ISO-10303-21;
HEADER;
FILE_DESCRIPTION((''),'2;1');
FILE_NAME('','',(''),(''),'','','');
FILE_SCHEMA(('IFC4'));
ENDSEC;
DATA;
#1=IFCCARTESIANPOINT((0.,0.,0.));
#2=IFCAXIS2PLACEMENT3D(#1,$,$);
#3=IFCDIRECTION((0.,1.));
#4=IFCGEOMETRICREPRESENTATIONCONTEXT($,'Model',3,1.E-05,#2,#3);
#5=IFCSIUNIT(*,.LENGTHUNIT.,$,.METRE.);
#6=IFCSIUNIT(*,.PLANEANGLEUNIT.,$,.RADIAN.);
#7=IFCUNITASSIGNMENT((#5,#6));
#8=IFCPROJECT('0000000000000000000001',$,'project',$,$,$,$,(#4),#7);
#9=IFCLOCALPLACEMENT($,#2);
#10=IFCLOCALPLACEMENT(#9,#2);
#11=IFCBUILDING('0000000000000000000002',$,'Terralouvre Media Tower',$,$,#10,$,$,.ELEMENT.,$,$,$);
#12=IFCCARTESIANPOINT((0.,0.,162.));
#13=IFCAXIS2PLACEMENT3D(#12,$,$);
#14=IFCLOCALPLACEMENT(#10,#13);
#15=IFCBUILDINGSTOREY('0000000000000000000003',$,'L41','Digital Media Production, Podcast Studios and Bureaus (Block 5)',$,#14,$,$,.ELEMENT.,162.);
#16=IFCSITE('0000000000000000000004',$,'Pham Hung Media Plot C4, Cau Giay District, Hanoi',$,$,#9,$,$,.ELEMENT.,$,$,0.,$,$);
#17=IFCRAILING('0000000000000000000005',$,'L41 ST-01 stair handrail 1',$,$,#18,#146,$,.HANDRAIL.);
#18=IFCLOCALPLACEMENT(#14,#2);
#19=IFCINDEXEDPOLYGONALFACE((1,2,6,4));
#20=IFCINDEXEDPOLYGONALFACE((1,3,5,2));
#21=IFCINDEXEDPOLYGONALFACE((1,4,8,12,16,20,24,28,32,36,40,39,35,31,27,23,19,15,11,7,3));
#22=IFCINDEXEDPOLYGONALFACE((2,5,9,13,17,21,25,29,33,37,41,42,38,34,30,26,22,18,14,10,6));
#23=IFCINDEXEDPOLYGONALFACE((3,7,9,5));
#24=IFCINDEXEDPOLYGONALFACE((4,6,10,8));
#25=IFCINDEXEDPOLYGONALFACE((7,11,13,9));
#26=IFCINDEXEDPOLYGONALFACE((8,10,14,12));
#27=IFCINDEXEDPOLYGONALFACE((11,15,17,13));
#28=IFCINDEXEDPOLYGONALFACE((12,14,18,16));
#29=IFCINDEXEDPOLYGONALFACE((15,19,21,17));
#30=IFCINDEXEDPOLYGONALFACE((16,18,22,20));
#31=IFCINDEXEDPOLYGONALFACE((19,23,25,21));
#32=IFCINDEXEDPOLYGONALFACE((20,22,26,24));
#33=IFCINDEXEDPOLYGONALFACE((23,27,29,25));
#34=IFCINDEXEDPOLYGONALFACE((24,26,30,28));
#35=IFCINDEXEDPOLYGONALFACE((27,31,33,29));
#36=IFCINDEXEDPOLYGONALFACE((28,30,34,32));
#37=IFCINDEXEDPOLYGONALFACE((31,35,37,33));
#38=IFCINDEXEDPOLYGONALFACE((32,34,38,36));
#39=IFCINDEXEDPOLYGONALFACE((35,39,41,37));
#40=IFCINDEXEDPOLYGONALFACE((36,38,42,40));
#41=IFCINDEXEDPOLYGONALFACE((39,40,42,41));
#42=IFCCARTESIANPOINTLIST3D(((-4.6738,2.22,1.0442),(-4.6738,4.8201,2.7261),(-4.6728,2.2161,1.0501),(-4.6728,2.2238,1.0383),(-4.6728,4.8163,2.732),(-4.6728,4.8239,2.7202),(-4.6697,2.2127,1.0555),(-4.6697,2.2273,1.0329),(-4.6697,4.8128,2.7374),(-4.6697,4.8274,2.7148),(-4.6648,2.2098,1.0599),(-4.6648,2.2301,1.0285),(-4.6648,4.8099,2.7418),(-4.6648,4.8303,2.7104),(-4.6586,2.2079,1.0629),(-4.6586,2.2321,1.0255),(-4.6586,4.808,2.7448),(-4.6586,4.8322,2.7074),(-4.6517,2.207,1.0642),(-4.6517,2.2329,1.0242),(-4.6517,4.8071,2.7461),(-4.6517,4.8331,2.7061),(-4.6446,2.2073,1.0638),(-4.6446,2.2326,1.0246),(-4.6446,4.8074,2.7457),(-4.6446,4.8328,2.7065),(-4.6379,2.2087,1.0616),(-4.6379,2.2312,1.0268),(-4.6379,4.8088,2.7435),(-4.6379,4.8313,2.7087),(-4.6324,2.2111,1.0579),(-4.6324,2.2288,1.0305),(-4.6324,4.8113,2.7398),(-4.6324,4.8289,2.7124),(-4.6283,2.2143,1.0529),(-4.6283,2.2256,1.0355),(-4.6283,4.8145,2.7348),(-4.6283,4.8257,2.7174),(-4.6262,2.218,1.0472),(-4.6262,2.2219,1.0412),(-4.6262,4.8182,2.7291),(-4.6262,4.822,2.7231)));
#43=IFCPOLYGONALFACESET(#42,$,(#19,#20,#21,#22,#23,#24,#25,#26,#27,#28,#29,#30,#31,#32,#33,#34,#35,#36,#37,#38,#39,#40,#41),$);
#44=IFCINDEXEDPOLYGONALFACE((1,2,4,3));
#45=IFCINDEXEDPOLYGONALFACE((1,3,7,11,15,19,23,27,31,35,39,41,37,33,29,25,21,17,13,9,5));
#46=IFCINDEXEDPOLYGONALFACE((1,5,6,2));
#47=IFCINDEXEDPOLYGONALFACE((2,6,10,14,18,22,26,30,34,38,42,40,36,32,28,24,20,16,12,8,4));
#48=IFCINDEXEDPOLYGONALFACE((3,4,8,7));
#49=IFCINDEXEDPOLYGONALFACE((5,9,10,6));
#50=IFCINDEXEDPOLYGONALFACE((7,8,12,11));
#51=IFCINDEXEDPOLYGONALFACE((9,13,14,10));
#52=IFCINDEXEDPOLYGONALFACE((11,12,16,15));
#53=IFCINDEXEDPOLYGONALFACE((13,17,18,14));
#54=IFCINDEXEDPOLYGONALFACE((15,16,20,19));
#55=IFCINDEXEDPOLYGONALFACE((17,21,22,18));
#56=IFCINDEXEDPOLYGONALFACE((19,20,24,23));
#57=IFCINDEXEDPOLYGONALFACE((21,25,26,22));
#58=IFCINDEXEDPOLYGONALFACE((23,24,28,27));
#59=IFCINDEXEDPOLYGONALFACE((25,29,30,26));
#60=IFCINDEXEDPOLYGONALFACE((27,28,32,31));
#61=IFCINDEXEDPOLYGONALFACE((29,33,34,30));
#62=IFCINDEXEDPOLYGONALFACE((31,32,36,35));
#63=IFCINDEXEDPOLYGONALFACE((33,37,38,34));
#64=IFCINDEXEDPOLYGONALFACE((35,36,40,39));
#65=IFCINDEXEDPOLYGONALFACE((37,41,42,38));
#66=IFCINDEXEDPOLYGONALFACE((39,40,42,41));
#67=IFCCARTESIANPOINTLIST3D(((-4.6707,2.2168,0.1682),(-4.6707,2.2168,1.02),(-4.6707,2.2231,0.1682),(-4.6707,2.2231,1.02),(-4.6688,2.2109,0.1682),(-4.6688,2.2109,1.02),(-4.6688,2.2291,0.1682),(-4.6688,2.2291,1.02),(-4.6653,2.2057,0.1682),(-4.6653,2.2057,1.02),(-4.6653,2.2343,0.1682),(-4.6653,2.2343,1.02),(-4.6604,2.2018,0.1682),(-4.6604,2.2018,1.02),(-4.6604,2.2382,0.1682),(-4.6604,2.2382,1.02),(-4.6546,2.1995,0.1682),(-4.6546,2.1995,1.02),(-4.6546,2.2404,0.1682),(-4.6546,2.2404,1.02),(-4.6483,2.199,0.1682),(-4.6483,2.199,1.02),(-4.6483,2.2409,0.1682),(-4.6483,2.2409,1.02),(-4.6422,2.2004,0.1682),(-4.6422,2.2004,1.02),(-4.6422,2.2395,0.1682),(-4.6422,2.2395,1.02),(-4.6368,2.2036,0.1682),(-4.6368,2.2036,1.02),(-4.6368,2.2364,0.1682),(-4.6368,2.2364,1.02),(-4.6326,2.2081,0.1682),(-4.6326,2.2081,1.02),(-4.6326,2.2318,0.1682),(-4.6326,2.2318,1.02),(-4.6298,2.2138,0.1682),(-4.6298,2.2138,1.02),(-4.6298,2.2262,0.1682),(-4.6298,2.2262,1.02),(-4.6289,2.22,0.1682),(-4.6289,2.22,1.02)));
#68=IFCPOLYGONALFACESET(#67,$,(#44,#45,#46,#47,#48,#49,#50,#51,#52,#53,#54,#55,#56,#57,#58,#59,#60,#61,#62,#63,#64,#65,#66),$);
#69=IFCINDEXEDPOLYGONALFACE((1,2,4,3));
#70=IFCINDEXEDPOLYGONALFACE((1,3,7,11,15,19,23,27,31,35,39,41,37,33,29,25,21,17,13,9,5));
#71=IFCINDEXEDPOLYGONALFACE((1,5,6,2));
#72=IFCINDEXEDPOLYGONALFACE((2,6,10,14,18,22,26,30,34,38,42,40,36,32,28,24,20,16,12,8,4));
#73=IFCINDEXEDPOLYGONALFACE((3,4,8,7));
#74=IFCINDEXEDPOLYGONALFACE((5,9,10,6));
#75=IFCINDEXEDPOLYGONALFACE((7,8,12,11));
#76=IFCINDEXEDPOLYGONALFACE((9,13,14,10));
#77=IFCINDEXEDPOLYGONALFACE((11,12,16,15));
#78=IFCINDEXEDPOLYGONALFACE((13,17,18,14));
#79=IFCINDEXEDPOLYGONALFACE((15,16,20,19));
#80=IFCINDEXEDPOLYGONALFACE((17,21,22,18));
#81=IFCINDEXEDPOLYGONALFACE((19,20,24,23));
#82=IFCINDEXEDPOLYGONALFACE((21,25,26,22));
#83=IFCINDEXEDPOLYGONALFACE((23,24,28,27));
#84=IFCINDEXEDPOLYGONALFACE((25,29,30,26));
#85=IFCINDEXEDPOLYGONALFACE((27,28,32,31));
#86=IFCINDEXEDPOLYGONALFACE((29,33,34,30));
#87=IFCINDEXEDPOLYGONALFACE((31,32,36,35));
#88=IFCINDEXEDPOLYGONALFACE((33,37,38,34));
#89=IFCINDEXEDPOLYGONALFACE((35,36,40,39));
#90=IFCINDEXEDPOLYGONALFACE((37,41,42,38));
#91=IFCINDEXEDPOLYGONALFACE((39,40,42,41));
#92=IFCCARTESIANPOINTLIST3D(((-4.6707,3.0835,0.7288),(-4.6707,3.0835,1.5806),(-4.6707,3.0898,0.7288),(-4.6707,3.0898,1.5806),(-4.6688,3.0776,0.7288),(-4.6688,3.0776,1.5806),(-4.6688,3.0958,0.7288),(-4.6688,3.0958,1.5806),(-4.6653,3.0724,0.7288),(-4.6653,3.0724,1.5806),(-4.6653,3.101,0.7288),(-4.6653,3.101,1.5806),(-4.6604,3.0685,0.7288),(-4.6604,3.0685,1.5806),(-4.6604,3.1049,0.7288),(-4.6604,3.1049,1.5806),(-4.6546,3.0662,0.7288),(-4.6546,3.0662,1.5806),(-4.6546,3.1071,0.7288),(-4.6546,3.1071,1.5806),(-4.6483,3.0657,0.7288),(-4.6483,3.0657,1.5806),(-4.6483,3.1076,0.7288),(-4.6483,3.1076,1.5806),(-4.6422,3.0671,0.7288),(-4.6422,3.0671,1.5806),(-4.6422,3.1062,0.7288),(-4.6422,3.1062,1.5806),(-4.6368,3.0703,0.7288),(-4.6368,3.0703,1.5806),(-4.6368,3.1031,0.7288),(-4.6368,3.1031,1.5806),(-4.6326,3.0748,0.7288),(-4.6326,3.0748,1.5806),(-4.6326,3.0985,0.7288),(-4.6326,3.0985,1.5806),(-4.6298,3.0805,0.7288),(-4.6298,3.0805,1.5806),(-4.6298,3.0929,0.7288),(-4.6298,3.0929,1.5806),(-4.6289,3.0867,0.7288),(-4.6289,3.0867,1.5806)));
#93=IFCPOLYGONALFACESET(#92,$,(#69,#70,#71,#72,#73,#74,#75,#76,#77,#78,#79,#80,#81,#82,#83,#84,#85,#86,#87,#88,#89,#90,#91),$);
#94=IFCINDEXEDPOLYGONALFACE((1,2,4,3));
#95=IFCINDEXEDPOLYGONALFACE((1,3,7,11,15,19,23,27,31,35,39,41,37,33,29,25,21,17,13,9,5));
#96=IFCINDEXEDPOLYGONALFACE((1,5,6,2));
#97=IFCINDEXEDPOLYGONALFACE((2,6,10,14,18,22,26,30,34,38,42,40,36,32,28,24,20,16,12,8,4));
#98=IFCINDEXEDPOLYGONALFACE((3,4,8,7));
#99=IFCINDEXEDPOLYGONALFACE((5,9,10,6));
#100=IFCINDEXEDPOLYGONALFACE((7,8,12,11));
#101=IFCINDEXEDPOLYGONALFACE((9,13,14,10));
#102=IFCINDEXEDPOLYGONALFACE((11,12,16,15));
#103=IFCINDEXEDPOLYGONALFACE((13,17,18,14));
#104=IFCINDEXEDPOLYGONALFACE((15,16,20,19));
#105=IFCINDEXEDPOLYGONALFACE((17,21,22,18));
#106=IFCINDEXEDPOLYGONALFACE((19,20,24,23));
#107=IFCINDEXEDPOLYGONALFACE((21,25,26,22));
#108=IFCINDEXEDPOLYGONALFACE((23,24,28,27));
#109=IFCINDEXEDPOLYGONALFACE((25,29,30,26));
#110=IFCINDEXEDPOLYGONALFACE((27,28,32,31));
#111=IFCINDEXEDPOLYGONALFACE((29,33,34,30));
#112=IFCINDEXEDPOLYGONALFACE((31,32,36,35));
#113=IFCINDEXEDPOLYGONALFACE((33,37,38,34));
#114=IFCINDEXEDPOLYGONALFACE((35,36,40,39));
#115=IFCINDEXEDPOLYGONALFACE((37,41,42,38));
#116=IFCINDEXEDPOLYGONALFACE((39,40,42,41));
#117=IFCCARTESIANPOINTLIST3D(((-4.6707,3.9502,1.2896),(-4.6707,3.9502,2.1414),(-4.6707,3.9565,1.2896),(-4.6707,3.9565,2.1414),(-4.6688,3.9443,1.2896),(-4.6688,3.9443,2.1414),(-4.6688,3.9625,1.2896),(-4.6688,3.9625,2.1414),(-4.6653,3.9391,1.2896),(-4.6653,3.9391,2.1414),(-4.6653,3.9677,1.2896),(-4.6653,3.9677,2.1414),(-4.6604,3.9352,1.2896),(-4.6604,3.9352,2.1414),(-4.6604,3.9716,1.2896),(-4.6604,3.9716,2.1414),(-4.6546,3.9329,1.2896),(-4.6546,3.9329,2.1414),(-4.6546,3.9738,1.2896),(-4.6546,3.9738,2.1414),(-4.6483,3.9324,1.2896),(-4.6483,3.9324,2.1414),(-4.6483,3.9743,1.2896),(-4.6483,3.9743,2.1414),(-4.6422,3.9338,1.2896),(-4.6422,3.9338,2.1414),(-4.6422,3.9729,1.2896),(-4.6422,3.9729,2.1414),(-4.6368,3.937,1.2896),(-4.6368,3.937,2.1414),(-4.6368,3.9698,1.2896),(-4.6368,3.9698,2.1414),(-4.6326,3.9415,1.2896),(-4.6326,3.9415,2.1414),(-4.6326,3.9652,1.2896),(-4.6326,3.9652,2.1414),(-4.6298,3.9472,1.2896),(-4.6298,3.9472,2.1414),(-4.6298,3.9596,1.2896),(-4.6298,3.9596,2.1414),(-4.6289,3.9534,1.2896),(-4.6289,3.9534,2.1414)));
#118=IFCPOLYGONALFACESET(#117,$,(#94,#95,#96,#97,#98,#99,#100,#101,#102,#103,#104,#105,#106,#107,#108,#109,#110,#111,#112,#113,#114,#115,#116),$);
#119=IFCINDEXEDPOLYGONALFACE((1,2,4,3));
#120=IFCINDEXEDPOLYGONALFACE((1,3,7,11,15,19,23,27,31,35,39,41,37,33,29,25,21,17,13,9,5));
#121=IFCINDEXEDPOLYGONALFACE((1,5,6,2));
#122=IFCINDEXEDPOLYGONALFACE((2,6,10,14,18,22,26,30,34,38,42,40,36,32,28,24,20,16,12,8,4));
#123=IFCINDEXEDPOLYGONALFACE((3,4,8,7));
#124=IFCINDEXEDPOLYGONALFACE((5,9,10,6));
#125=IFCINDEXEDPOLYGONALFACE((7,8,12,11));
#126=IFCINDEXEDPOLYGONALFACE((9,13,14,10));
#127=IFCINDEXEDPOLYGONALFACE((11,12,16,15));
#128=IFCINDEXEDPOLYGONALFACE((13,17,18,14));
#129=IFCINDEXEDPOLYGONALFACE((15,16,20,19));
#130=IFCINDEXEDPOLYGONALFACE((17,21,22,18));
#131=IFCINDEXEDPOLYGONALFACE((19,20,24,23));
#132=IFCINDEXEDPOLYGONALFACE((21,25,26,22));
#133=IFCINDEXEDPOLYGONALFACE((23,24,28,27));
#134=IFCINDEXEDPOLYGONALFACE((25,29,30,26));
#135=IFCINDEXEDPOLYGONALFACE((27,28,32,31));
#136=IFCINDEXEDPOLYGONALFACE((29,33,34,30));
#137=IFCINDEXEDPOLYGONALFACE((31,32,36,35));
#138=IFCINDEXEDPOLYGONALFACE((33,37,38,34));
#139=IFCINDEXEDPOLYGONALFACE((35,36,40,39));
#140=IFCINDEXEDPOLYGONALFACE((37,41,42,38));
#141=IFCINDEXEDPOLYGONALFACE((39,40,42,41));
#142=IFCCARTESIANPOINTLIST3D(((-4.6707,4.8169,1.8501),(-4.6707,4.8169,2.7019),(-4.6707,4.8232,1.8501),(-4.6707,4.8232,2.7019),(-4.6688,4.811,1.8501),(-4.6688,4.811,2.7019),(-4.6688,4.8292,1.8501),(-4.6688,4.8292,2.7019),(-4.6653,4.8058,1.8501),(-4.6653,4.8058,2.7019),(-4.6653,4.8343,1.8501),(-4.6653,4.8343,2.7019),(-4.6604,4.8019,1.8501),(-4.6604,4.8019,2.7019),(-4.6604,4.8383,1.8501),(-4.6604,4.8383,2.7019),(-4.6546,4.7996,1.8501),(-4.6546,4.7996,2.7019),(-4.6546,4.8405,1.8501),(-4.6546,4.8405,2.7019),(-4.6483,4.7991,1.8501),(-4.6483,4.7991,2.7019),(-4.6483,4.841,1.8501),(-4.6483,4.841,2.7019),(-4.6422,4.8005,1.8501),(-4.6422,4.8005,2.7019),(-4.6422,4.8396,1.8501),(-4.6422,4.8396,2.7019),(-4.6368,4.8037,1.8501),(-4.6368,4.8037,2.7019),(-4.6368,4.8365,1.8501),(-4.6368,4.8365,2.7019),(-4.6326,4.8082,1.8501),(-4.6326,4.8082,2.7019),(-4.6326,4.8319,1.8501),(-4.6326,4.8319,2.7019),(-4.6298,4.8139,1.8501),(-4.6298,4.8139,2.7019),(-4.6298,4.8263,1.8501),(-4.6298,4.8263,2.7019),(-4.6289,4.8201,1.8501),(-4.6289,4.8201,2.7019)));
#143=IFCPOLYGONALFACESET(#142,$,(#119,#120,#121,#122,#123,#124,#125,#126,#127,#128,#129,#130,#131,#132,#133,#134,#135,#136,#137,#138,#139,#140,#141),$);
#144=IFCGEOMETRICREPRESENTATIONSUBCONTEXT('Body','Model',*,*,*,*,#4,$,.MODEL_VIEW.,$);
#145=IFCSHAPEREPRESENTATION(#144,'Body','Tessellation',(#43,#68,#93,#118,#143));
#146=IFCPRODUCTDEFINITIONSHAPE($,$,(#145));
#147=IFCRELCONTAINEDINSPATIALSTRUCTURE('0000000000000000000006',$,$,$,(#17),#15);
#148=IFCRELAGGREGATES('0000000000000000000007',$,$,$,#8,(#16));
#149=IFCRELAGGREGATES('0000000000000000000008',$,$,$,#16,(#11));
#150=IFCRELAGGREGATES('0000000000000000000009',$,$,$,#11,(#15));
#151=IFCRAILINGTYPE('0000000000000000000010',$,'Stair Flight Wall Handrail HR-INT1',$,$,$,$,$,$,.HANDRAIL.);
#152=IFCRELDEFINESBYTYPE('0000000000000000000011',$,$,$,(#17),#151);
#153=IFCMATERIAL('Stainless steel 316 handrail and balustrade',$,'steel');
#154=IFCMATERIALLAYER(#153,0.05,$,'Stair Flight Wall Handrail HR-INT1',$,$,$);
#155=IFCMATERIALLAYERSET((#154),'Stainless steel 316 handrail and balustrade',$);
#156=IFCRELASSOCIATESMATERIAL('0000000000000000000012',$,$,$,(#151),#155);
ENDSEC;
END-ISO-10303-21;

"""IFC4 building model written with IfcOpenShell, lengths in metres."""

from ifc_helpers import new_model, si_unit, direction, frame, origin, origin_2d, place, context, subcontext, project, spatial, circle, extrude, material, layer, layer_set, type_object, element, save


model = new_model("IFC4")

# Units and contexts
model_context = context("Model", 3, precision=1e-05, world=origin(), true_north=direction((0.0, 1.0)))
body_context = subcontext(model_context, "Body", "Model", "MODEL_VIEW")
ifc_project = project(units=[si_unit("LENGTHUNIT", "METRE"), si_unit("PLANEANGLEUNIT", "RADIAN")], contexts=[model_context])

# Site, building, storey
site_placement = place(None, origin())
site = spatial("IfcSite", under=ifc_project, at=site_placement, Name="Pham Hung Media Plot C4, Cau Giay District, Hanoi", CompositionType="ELEMENT", RefElevation=0.0)
building_placement = place(site_placement, origin())
building = spatial("IfcBuilding", under=site, at=building_placement, Name="Terralouvre Media Tower", CompositionType="ELEMENT")
storey_placement = place(building_placement, frame((0.0, 0.0, 162.0)))
storey = spatial("IfcBuildingStorey", under=building, at=storey_placement, Name="L41", Description="Digital Media Production, Podcast Studios and Bureaus (Block 5)", CompositionType="ELEMENT", Elevation=162.0)

# Railing
ifc_material_1 = material(Name="Stainless steel 316 handrail and balustrade", Category="steel")
ifc_layer_1 = layer(ifc_material_1, 0.05, Name="Stair Flight Wall Handrail HR-INT1")
ifc_layer_set_1 = layer_set([ifc_layer_1], Name="Stainless steel 316 handrail and balustrade")
railing_type_1 = type_object("IfcRailingType", Name="Stair Flight Wall Handrail HR-INT1", PredefinedType="HANDRAIL", material=ifc_layer_set_1)
railing_1_placement = place(storey_placement, frame((-4.6499, 2.22, 0.1682)))
element("IfcRailing", 1, at=railing_1_placement, inside=storey, type_object=railing_type_1, Name="L41 ST-01 stair handrail 1", PredefinedType="HANDRAIL", context=body_context, shape_type="SweptSolid", body=[
    extrude(circle(Radius=0.0239, at=origin_2d()), frame((0.0, 0.0, 0.876), z_axis=(0.0, 0.839648, 0.54313), x_axis=(-1.0, 0.0, 0.0)), (0.0, 0.0, 1.0), 3.0967),
    extrude(circle(Radius=0.021, at=origin_2d()), origin(), (0.0, 0.0, 1.0), 0.8518),
    extrude(circle(Radius=0.021, at=origin_2d()), frame((0.0, 0.8667, 0.5605)), (0.0, 0.0, 1.0), 0.8518),
    extrude(circle(Radius=0.021, at=origin_2d()), frame((0.0, 1.7334, 1.1213)), (0.0, 0.0, 1.0), 0.8518),
    extrude(circle(Radius=0.021, at=origin_2d()), frame((0.0, 2.6001, 1.6819)), (0.0, 0.0, 1.0), 0.8518),
])

save(model, "model.ifc")
